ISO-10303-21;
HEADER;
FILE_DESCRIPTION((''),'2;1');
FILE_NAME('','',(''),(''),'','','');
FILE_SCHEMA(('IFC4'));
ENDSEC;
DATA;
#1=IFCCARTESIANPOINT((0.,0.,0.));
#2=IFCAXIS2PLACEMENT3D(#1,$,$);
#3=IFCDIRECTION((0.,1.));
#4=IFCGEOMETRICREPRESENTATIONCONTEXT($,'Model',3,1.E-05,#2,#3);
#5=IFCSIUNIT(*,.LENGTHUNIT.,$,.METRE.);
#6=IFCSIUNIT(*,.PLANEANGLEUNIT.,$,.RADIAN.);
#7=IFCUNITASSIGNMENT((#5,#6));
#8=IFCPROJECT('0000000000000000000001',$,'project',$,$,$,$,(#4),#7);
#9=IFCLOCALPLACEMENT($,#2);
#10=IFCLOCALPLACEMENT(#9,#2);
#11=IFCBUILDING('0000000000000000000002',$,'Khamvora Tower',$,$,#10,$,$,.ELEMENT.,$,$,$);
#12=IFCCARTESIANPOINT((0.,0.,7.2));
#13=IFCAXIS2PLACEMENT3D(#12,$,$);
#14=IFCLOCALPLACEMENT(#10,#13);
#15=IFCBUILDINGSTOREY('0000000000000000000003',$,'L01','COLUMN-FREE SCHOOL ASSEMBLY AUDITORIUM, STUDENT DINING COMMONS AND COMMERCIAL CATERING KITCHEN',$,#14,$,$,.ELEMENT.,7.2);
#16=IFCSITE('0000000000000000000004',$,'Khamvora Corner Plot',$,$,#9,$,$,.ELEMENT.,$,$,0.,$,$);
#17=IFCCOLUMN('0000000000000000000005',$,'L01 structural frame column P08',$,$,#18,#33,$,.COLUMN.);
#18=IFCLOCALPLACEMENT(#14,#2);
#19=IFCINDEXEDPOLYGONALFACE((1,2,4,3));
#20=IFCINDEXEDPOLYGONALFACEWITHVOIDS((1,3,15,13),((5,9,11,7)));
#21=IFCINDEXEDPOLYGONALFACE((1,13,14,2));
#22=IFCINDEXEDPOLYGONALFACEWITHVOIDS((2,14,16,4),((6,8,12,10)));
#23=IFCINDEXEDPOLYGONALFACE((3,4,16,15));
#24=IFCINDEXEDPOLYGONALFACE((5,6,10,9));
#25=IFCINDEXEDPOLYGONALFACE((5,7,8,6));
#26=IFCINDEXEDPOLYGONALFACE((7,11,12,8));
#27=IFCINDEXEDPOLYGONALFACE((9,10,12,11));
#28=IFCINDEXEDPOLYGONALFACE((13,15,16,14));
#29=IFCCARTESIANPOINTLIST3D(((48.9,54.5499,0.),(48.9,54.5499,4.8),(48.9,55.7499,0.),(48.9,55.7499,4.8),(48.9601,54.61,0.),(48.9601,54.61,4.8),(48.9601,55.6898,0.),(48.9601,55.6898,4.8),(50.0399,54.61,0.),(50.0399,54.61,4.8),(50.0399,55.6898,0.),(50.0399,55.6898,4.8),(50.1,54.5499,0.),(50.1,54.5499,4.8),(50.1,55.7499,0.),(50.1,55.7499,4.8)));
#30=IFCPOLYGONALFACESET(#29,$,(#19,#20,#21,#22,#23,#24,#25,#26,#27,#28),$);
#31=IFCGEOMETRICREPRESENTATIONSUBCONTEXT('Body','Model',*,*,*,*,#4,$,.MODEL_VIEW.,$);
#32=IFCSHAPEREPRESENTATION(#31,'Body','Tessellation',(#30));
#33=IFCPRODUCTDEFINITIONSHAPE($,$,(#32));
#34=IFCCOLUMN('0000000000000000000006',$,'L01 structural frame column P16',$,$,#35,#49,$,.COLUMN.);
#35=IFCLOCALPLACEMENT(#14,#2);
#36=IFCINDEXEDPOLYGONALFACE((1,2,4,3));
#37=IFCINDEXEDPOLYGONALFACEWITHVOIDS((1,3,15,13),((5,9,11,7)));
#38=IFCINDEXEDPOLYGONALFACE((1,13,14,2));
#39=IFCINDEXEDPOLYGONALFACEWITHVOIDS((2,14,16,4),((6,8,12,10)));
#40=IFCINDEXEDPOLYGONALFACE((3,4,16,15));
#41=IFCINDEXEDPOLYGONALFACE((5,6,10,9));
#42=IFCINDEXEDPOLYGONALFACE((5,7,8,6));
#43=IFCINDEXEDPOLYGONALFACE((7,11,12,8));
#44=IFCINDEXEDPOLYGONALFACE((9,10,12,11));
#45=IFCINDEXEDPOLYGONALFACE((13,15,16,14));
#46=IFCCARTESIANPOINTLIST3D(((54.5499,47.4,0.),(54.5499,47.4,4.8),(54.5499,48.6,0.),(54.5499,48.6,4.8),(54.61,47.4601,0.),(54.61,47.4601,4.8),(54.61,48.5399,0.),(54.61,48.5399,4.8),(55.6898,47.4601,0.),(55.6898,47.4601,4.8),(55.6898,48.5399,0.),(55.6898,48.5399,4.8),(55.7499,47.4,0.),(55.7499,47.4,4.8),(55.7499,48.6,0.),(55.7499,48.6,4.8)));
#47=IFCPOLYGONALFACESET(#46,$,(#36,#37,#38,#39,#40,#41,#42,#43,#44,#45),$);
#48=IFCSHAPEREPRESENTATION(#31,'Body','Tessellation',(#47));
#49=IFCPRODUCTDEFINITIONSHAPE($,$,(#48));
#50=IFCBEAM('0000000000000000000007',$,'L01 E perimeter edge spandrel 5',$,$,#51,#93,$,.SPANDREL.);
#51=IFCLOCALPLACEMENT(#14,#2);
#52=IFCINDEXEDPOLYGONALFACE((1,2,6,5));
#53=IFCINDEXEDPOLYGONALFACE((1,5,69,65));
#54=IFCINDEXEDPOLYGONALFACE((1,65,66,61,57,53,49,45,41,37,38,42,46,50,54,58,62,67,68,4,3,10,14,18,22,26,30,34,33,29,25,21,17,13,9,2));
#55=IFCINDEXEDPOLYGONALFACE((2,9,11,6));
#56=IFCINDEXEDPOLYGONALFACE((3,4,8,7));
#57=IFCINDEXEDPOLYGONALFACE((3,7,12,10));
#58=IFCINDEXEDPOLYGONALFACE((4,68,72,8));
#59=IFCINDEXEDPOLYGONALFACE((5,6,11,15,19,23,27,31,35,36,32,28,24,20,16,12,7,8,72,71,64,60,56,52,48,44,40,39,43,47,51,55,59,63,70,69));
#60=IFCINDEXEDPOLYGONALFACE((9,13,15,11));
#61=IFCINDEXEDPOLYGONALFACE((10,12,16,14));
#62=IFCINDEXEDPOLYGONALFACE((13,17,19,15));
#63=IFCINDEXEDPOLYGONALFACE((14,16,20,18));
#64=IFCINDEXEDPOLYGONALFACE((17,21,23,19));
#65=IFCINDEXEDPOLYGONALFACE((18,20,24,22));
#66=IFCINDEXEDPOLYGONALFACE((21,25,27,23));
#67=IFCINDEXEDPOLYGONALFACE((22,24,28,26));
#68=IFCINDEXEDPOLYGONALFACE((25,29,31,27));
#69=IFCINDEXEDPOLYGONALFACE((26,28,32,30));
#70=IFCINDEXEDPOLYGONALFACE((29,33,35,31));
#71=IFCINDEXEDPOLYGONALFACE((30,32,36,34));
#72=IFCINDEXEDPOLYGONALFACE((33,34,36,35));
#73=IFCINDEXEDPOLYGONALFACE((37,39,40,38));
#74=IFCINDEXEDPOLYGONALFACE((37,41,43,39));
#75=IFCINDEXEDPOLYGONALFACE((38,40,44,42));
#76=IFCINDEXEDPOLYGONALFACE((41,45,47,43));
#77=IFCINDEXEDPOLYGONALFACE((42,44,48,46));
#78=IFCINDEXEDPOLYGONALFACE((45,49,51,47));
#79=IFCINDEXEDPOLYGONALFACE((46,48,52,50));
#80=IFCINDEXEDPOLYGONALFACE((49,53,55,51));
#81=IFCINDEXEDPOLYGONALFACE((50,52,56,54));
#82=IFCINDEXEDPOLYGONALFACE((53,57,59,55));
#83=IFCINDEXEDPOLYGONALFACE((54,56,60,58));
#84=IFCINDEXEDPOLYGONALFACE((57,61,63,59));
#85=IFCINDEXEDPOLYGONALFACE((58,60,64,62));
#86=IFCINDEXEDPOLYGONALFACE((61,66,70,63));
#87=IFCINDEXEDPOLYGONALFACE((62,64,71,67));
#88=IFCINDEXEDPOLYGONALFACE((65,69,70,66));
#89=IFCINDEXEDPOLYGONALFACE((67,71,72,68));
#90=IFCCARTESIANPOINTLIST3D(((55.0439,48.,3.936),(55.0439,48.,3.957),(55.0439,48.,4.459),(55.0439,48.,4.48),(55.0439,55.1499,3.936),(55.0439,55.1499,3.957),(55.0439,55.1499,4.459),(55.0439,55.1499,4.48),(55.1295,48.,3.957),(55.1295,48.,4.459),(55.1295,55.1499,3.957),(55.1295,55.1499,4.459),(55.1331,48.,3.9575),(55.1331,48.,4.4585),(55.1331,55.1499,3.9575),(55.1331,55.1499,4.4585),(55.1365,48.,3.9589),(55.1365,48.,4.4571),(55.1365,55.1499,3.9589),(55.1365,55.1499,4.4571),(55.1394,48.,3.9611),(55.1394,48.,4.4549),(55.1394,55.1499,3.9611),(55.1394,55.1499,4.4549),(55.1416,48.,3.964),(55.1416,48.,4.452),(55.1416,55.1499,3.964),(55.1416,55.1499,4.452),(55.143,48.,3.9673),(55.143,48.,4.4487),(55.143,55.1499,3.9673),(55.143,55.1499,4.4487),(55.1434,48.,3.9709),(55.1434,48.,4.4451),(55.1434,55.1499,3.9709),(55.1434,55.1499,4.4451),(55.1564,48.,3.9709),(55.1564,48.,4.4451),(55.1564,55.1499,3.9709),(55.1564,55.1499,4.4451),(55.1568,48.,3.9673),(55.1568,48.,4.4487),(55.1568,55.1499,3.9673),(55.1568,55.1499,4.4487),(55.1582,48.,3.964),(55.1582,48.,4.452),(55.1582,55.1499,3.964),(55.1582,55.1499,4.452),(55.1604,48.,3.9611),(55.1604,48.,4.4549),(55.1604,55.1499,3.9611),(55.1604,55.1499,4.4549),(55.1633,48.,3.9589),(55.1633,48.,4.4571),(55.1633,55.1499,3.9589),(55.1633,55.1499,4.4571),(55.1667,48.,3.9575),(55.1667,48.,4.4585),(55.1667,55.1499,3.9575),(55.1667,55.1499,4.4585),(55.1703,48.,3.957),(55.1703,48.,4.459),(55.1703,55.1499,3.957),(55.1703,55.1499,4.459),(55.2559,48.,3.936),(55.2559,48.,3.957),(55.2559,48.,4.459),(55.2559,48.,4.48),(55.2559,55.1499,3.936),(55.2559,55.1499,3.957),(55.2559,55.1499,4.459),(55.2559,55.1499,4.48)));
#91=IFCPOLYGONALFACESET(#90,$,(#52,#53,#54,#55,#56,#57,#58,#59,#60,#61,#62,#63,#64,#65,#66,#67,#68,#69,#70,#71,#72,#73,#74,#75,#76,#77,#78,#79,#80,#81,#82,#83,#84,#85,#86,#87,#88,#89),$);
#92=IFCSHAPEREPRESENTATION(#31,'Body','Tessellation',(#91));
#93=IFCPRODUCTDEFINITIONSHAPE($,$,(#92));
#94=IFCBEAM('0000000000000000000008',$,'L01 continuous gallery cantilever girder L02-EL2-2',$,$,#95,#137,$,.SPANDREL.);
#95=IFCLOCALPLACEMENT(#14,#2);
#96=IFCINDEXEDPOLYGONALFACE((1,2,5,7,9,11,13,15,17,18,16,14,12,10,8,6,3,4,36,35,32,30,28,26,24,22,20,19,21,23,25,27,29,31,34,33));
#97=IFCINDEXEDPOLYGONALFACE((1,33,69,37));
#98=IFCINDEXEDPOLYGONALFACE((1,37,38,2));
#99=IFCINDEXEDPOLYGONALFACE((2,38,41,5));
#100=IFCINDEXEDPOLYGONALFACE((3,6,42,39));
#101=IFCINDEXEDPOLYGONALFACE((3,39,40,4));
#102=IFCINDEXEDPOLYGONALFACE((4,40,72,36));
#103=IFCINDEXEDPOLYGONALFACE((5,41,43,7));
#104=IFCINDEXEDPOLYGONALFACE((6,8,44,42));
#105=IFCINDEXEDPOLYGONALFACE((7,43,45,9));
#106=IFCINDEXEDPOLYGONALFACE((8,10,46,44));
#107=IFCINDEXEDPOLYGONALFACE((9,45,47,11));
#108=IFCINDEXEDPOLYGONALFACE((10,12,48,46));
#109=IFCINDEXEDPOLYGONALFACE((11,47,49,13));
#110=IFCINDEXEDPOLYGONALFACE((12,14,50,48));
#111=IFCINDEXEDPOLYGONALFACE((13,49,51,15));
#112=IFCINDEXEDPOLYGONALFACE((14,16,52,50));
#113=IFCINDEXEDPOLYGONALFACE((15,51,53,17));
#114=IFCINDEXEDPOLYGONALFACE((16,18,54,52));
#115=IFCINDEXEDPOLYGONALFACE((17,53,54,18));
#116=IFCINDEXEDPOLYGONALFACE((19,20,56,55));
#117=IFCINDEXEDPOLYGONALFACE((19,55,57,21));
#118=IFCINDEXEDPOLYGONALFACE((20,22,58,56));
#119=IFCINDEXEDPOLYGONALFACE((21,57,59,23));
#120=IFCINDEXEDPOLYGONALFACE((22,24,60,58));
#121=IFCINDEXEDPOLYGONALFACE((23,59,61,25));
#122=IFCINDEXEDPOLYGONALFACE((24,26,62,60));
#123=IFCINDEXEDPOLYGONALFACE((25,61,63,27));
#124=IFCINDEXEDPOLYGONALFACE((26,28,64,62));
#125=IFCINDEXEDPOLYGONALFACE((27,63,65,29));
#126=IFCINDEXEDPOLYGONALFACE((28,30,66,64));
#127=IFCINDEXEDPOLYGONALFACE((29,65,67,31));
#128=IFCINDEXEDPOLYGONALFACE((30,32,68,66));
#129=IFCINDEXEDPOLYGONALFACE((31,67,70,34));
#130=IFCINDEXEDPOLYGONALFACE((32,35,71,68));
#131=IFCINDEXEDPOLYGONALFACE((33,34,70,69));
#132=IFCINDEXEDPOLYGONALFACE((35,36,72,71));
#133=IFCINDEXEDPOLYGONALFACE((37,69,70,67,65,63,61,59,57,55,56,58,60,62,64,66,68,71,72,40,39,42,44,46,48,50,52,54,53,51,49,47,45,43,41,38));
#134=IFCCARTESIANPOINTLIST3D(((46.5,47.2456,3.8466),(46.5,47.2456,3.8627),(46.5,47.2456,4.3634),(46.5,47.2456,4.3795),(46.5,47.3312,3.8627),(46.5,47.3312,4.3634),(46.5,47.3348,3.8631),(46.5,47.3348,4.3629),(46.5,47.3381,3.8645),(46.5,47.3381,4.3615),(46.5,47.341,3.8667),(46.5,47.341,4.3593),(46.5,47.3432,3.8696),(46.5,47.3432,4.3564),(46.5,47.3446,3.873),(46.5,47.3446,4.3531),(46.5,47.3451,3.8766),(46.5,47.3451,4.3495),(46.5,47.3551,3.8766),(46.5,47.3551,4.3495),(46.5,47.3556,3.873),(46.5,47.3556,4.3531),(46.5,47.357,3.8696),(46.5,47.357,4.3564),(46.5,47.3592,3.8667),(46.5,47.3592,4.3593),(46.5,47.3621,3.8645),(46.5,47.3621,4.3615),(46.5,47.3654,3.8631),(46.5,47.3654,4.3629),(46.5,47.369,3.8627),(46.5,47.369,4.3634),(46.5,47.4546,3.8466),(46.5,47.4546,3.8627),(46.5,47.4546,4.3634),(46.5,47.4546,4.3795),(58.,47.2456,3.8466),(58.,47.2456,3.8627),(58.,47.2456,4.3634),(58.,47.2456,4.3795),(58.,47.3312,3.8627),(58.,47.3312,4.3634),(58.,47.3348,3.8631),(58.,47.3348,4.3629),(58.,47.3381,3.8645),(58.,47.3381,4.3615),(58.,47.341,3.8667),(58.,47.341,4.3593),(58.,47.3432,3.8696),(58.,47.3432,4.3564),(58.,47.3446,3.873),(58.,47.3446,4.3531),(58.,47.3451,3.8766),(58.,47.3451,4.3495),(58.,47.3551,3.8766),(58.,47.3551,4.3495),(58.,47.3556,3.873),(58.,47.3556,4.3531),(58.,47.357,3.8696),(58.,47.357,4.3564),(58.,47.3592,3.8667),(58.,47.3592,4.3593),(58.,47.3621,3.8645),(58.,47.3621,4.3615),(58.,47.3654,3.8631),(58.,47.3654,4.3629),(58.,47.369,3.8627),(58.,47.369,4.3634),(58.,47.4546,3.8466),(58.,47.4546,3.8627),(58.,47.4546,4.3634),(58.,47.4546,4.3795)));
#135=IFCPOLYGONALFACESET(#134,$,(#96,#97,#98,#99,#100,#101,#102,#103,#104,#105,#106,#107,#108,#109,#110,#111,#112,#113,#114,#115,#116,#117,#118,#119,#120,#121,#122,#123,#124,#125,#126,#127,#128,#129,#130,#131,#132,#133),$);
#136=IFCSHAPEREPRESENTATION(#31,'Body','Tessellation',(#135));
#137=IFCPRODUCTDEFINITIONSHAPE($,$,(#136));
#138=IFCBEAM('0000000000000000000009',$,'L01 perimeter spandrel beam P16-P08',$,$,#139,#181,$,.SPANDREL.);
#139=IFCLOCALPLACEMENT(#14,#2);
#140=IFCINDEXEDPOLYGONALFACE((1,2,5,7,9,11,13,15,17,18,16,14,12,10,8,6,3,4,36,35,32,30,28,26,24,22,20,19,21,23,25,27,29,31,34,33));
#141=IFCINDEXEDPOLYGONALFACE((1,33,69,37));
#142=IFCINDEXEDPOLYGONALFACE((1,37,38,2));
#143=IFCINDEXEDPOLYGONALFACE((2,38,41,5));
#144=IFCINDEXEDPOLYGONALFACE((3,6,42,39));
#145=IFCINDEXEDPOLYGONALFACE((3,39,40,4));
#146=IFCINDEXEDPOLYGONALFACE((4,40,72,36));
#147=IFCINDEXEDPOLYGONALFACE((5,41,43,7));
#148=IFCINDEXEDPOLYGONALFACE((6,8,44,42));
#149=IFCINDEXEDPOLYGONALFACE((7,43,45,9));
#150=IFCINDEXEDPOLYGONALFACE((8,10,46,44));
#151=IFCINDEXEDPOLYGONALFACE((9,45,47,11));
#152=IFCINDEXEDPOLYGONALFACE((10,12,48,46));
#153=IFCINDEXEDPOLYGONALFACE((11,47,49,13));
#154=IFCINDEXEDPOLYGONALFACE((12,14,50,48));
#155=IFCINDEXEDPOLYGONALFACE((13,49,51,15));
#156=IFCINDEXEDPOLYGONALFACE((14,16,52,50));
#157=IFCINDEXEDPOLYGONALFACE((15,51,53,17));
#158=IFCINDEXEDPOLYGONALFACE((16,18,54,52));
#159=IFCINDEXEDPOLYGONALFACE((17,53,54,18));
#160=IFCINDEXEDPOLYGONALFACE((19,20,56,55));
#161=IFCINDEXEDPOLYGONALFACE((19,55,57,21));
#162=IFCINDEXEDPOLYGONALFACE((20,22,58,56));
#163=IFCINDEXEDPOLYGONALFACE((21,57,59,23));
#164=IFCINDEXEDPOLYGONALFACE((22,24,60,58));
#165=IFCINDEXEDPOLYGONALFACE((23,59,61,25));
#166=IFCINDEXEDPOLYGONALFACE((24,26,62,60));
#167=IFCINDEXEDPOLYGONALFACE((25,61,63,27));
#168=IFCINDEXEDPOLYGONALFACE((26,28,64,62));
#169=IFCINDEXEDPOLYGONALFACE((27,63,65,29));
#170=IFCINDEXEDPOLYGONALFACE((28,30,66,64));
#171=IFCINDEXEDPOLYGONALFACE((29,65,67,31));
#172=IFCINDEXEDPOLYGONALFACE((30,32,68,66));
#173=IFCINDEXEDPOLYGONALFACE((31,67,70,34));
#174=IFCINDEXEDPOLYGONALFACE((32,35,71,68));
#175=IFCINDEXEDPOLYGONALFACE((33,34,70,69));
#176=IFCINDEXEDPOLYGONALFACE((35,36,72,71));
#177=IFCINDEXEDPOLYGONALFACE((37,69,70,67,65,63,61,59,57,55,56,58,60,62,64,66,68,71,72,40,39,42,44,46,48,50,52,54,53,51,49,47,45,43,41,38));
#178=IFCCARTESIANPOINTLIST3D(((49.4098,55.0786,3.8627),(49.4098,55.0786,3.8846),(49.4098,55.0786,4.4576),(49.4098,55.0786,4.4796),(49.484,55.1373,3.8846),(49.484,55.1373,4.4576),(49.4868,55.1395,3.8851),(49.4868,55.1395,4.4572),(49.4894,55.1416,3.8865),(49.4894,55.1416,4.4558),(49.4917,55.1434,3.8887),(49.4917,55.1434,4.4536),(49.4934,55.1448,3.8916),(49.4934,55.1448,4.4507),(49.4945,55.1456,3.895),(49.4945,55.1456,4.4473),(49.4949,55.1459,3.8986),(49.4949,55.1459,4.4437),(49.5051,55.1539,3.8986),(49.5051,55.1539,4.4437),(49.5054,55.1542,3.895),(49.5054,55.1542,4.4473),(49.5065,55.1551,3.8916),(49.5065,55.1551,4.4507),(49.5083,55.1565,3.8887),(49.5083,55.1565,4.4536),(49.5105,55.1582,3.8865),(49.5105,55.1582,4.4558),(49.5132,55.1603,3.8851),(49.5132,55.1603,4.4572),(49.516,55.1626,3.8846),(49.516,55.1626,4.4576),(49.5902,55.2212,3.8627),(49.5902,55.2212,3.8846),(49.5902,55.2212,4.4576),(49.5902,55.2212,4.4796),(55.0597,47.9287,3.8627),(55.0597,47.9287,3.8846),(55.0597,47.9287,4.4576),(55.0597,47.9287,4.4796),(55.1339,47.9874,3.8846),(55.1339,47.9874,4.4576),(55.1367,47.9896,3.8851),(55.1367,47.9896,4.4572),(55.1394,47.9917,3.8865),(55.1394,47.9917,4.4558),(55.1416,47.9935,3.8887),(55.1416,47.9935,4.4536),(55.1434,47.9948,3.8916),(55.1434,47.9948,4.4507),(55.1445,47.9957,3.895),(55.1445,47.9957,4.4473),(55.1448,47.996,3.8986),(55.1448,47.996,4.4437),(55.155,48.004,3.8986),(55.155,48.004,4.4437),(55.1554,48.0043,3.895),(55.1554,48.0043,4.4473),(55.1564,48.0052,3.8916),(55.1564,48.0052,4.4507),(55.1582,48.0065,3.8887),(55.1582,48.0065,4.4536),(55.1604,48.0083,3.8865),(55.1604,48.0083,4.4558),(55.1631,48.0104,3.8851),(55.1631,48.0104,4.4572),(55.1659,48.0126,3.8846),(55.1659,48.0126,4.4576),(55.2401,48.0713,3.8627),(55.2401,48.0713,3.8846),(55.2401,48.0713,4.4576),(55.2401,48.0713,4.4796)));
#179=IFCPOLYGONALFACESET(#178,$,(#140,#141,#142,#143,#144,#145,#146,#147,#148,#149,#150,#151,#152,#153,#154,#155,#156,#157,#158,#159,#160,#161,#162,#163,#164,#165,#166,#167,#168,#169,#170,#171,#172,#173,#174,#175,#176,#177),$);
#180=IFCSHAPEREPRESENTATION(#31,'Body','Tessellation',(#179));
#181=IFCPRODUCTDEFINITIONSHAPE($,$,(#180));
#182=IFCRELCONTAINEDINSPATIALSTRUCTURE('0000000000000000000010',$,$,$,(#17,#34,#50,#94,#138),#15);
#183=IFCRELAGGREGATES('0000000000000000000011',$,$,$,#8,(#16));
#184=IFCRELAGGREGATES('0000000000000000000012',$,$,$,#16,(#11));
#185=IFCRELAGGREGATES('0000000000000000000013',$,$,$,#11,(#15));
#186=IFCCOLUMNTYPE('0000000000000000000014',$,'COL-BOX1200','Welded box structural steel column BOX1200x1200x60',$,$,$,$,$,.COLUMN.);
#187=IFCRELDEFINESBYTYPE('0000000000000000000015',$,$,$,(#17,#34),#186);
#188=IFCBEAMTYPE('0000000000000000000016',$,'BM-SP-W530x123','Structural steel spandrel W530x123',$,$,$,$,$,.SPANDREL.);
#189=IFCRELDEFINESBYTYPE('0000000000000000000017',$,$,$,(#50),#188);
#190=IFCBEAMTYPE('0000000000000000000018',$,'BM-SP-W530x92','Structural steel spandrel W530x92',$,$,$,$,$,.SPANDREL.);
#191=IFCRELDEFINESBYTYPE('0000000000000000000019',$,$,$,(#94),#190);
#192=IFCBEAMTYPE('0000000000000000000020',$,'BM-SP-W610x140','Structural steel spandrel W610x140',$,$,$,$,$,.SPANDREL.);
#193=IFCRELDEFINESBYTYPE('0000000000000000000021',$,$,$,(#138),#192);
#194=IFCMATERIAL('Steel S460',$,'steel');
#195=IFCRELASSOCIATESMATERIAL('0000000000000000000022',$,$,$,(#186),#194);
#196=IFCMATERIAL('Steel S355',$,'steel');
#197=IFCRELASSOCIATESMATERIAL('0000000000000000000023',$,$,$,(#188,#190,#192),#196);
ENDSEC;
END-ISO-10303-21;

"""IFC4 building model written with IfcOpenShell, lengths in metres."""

from ifc_helpers import new_model, si_unit, direction, frame, origin, origin_2d, place, context, subcontext, project, spatial, hollow_rectangle, i_section, extrude, material, material_profile, profile_set, type_object, element, save


model = new_model("IFC4")

# Units and contexts
model_context = context("Model", 3, precision=1e-05, world=origin(), true_north=direction((0.0, 1.0)))
body_context = subcontext(model_context, "Body", "Model", "MODEL_VIEW")
ifc_project = project(units=[si_unit("LENGTHUNIT", "METRE"), si_unit("PLANEANGLEUNIT", "RADIAN")], contexts=[model_context])

# Site, building, storey
site_placement = place(None, origin())
site = spatial("IfcSite", under=ifc_project, at=site_placement, Name="Khamvora Corner Plot", CompositionType="ELEMENT", RefElevation=0.0)
building_placement = place(site_placement, origin())
building = spatial("IfcBuilding", under=site, at=building_placement, Name="Khamvora Tower", CompositionType="ELEMENT")
storey_placement = place(building_placement, frame((0.0, 0.0, 7.2)))
storey = spatial("IfcBuildingStorey", under=building, at=storey_placement, Name="L01", Description="COLUMN-FREE SCHOOL ASSEMBLY AUDITORIUM, STUDENT DINING COMMONS AND COMMERCIAL CATERING KITCHEN", CompositionType="ELEMENT", Elevation=7.2)

# Columns
ifc_material_1 = material(Name="Steel S460", Category="steel")
ifc_material_profile_1 = material_profile(ifc_material_1, hollow_rectangle(XDim=1.2, YDim=1.2, WallThickness=0.0601, at=origin_2d()), Name="BOX1200x1200x60")
ifc_profile_set_1 = profile_set([ifc_material_profile_1], Name="Steel S460")
column_type = type_object("IfcColumnType", Name="COL-BOX1200", Description="Welded box structural steel column BOX1200x1200x60", PredefinedType="COLUMN", material=ifc_profile_set_1)
for number, where, z_axis, x_axis, name in (
    (1, (49.5, 55.1499, 0.0), (0.0, 0.0, 1.0), (1.0, 0.0, 0.0), "L01 structural frame column P08"),
    (2, (55.1499, 48.0, 0.0), (0.0, 0.0, 1.0), (1.0, 0.0, 0.0), "L01 structural frame column P16"),
):
    element("IfcColumn", number, at=place(storey_placement, frame(where, z_axis=z_axis, x_axis=x_axis)), inside=storey, type_object=column_type, Name=name, PredefinedType="COLUMN", context=body_context, shape_type="SweptSolid", body=[
        extrude(hollow_rectangle(XDim=1.2, YDim=1.2, WallThickness=0.0601, at=origin_2d()), origin(), (0.0, 0.0, 1.0), 4.8),
    ])

# Beams
ifc_material_2 = material(Name="Steel S355", Category="steel")
ifc_material_profile_2 = material_profile(ifc_material_2, i_section(OverallWidth=0.2119, OverallDepth=0.5439, WebThickness=0.0129, FlangeThickness=0.021, FilletRadius=0.0139, at=origin_2d()), Name="W530x123")
ifc_profile_set_2 = profile_set([ifc_material_profile_2], Name="Steel S355")
beam_type_1 = type_object("IfcBeamType", Name="BM-SP-W530x123", Description="Structural steel spandrel W530x123", PredefinedType="SPANDREL", material=ifc_profile_set_2)
beam_1_placement = place(storey_placement, frame((55.1499, 48.0, 4.208), z_axis=(0.0, 1.0, 0.0), x_axis=(-1.0, 0.0, 0.0)))
element("IfcBeam", 3, at=beam_1_placement, inside=storey, type_object=beam_type_1, Name="L01 E perimeter edge spandrel 5", PredefinedType="SPANDREL", context=body_context, shape_type="SweptSolid", body=[
    extrude(i_section(OverallWidth=0.2119, OverallDepth=0.5439, WebThickness=0.0129, FlangeThickness=0.021, FilletRadius=0.0139, at=origin_2d()), origin(), (0.0, 0.0, 1.0), 7.1499),
])
ifc_material_profile_3 = material_profile(ifc_material_2, i_section(OverallWidth=0.209, OverallDepth=0.533, WebThickness=0.01, FlangeThickness=0.0161, FilletRadius=0.0139, at=origin_2d()), Name="W530x92")
ifc_profile_set_3 = profile_set([ifc_material_profile_3], Name="Steel S355")
beam_type_2 = type_object("IfcBeamType", Name="BM-SP-W530x92", Description="Structural steel spandrel W530x92", PredefinedType="SPANDREL", material=ifc_profile_set_3)
beam_2_placement = place(storey_placement, frame((46.5, 47.3501, 4.113), z_axis=(1.0, 0.0, 0.0), x_axis=(0.0, 1.0, 0.0)))
element("IfcBeam", 4, at=beam_2_placement, inside=storey, type_object=beam_type_2, Name="L01 continuous gallery cantilever girder L02-EL2-2", PredefinedType="SPANDREL", context=body_context, shape_type="SweptSolid", body=[
    extrude(i_section(OverallWidth=0.209, OverallDepth=0.533, WebThickness=0.01, FlangeThickness=0.0161, FilletRadius=0.0139, at=origin_2d()), origin(), (0.0, 0.0, 1.0), 11.5),
])
ifc_material_profile_4 = material_profile(ifc_material_2, i_section(OverallWidth=0.23, OverallDepth=0.6169, WebThickness=0.0129, FlangeThickness=0.022, FilletRadius=0.0139, at=origin_2d()), Name="W610x140")
ifc_profile_set_4 = profile_set([ifc_material_profile_4], Name="Steel S355")
beam_type_3 = type_object("IfcBeamType", Name="BM-SP-W610x140", Description="Structural steel spandrel W610x140", PredefinedType="SPANDREL", material=ifc_profile_set_4)
beam_3_placement = place(storey_placement, frame((55.1499, 48.0, 4.1711), z_axis=(-0.619999, 0.784603, 0.0), x_axis=(-0.784603, -0.619999, 0.0)))
element("IfcBeam", 5, at=beam_3_placement, inside=storey, type_object=beam_type_3, Name="L01 perimeter spandrel beam P16-P08", PredefinedType="SPANDREL", context=body_context, shape_type="SweptSolid", body=[
    extrude(i_section(OverallWidth=0.23, OverallDepth=0.6169, WebThickness=0.0129, FlangeThickness=0.022, FilletRadius=0.0139, at=origin_2d()), origin(), (0.0, 0.0, 1.0), 9.1128),
])

save(model, "model.ifc")
